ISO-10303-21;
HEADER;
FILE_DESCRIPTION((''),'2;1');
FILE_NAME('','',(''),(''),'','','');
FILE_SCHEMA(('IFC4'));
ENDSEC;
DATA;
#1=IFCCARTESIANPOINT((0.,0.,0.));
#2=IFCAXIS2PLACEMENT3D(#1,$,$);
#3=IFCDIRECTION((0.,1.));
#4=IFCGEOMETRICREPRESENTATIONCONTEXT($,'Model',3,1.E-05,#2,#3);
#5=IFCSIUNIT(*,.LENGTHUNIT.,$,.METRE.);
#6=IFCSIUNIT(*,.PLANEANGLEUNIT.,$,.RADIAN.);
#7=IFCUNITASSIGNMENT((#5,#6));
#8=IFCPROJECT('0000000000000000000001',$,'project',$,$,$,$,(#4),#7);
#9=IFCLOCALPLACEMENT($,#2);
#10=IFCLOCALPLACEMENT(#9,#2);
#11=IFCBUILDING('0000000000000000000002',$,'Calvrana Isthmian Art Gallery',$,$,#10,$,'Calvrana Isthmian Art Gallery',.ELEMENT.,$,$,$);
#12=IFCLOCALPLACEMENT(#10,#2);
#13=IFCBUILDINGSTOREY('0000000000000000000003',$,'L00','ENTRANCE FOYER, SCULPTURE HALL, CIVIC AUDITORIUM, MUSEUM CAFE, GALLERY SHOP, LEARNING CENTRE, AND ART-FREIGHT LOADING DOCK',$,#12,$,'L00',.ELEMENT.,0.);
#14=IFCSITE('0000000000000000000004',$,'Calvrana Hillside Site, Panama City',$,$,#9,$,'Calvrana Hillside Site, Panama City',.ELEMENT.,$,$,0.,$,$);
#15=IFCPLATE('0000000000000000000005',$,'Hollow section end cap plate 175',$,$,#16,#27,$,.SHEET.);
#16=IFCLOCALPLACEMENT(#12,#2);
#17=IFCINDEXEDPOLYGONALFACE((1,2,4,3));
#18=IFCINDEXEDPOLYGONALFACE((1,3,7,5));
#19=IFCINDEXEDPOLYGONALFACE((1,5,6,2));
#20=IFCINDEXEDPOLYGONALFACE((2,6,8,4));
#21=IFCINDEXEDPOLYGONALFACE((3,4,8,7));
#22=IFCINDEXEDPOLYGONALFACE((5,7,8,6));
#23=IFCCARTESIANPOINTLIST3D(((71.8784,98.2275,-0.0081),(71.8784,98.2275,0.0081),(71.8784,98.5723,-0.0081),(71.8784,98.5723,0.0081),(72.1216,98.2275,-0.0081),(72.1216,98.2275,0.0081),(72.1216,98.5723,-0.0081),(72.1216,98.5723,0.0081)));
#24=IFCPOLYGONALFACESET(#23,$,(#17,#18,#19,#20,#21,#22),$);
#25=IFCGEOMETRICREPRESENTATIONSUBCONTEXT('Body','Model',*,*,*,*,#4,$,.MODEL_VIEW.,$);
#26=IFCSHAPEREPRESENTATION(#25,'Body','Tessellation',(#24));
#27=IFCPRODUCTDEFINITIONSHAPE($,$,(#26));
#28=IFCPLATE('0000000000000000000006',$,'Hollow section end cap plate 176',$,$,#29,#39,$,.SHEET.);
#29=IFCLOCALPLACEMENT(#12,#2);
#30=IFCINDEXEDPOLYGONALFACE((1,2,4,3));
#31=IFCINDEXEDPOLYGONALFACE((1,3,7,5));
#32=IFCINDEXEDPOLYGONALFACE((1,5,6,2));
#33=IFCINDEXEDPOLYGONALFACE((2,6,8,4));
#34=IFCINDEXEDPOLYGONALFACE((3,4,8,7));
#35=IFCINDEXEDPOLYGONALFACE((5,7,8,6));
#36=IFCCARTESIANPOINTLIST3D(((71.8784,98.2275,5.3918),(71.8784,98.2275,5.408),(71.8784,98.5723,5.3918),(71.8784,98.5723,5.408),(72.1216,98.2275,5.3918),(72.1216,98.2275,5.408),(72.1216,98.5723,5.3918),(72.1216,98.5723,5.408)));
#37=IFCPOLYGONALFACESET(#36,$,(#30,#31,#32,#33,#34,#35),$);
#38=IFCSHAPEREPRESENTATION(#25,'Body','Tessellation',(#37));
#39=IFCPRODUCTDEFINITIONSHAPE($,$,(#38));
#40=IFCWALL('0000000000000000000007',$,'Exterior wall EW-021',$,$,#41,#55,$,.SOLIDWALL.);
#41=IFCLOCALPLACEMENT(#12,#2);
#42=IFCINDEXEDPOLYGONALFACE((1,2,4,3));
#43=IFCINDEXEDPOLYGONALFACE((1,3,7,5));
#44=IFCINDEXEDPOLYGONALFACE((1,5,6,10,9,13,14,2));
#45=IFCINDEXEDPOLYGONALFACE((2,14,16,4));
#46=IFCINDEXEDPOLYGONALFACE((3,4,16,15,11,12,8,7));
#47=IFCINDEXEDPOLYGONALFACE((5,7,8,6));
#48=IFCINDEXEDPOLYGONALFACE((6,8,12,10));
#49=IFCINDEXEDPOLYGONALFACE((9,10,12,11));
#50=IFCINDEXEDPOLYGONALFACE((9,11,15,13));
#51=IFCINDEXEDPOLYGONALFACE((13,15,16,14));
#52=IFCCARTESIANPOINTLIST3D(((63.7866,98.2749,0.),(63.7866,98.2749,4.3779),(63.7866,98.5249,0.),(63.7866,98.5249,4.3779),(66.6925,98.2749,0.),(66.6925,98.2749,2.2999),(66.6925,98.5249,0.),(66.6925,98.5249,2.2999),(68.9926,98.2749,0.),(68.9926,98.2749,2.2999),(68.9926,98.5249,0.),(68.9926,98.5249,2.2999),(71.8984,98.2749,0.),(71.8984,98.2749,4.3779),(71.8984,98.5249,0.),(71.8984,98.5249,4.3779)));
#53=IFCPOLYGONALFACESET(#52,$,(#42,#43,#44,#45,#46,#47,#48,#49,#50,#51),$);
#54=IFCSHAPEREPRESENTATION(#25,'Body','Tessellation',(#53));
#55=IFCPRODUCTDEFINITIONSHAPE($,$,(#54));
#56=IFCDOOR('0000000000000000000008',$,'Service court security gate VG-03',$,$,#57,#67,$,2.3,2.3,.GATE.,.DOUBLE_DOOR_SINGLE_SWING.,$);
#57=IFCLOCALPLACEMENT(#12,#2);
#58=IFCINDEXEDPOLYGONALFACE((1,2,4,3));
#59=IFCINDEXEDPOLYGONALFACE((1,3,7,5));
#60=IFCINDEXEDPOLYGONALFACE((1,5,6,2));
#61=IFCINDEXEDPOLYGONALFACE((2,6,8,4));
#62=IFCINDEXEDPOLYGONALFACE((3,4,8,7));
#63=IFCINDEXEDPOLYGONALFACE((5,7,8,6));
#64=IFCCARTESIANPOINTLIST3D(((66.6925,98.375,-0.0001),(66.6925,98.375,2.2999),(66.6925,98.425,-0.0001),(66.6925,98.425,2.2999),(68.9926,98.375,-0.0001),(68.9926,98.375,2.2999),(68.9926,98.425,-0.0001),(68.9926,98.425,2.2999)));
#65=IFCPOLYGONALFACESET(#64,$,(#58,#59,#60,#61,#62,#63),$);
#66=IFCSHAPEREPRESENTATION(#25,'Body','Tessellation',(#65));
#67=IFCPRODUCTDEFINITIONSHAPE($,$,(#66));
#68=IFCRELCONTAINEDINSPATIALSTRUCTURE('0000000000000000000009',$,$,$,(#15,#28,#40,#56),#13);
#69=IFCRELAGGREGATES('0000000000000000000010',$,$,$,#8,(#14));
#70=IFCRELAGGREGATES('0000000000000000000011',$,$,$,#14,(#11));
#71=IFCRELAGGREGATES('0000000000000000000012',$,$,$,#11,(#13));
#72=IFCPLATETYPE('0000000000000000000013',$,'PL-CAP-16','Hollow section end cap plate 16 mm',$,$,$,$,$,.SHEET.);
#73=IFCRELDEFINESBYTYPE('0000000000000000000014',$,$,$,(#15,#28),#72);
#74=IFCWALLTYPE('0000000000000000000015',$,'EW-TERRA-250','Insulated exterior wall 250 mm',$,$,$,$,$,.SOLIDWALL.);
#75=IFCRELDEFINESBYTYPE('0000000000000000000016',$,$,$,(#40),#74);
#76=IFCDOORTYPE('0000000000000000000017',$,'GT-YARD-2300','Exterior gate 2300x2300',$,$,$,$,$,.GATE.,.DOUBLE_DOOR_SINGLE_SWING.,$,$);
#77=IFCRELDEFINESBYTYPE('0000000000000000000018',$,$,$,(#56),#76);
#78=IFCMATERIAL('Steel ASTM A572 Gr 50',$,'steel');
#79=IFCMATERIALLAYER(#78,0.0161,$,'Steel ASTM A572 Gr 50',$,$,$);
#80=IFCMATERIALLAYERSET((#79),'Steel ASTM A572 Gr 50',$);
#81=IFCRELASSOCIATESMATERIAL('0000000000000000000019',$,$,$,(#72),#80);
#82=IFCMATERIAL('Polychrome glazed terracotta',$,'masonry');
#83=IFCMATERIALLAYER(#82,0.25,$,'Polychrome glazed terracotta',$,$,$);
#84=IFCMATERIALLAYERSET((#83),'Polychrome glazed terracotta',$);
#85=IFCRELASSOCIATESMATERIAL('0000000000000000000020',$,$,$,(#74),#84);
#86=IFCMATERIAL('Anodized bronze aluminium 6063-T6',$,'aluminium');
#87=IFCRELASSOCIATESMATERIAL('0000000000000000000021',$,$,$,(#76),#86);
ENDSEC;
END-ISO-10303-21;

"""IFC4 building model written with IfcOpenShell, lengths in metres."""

from ifc_helpers import new_model, si_unit, direction, frame, frame_2d, origin, origin_2d, place, context, subcontext, project, spatial, rectangle, extrude, material, layer, layer_set, type_object, element, fill, save


model = new_model("IFC4")

# Units and contexts
model_context = context("Model", 3, precision=1e-05, world=origin(), true_north=direction((0.0, 1.0)))
body_context = subcontext(model_context, "Body", "Model", "MODEL_VIEW")
ifc_project = project(units=[si_unit("LENGTHUNIT", "METRE"), si_unit("PLANEANGLEUNIT", "RADIAN")], contexts=[model_context])

# Site, building, storey
site_placement = place(None, origin())
site = spatial("IfcSite", under=ifc_project, at=site_placement, Name="Calvrana Hillside Site, Panama City", LongName="Calvrana Hillside Site, Panama City", CompositionType="ELEMENT", RefElevation=0.0)
building_placement = place(site_placement, origin())
building = spatial("IfcBuilding", under=site, at=building_placement, Name="Calvrana Isthmian Art Gallery", LongName="Calvrana Isthmian Art Gallery", CompositionType="ELEMENT")
storey_placement = place(building_placement, origin())
storey = spatial("IfcBuildingStorey", under=building, at=storey_placement, Name="L00", Description="ENTRANCE FOYER, SCULPTURE HALL, CIVIC AUDITORIUM, MUSEUM CAFE, GALLERY SHOP, LEARNING CENTRE, AND ART-FREIGHT LOADING DOCK", LongName="L00", CompositionType="ELEMENT", Elevation=0.0)

# Shared definitions
ifc_material_1 = material(Name="Anodized bronze aluminium 6063-T6", Category="aluminium")

# Plates
ifc_material_2 = material(Name="Steel ASTM A572 Gr 50", Category="steel")
ifc_layer_1 = layer(ifc_material_2, 0.0161, Name="Steel ASTM A572 Gr 50")
ifc_layer_set_1 = layer_set([ifc_layer_1], Name="Steel ASTM A572 Gr 50")
plate_type_1 = type_object("IfcPlateType", Name="PL-CAP-16", Description="Hollow section end cap plate 16 mm", PredefinedType="SHEET", material=ifc_layer_set_1)
for number, where, z_axis, x_axis, name in (
    (1, (72.0, 98.3999, -0.0081), (0.0, 0.0, 1.0), (1.0, 0.0, 0.0), "Hollow section end cap plate 175"),
    (2, (72.0, 98.3999, 5.3918), (0.0, 0.0, 1.0), (1.0, 0.0, 0.0), "Hollow section end cap plate 176"),
):
    element("IfcPlate", number, at=place(storey_placement, frame(where, z_axis=z_axis, x_axis=x_axis)), inside=storey, type_object=plate_type_1, Name=name, PredefinedType="SHEET", context=body_context, shape_type="SweptSolid", body=[
        extrude(rectangle(XDim=0.2432, YDim=0.3447, at=origin_2d()), origin(), (0.0, 0.0, 1.0), 0.0161),
    ])

# Wall, opening, door
ifc_material_3 = material(Name="Polychrome glazed terracotta", Category="masonry")
ifc_layer_2 = layer(ifc_material_3, 0.25, Name="Polychrome glazed terracotta")
ifc_layer_set_2 = layer_set([ifc_layer_2], Name="Polychrome glazed terracotta")
wall_type = type_object("IfcWallType", Name="EW-TERRA-250", Description="Insulated exterior wall 250 mm", PredefinedType="SOLIDWALL", material=ifc_layer_set_2)
wall_placement = place(storey_placement, frame((71.8984, 98.3999, 0.0), z_axis=(0.0, 0.0, 1.0), x_axis=(-1.0, 0.0, 0.0)))
wall = element("IfcWall", 3, at=wall_placement, inside=storey, type_object=wall_type, Name="Exterior wall EW-021", PredefinedType="SOLIDWALL", context=body_context, shape_type="SweptSolid", body=[
    extrude(rectangle(XDim=8.1118, YDim=0.25, at=frame_2d((4.0559, 0.0))), origin(), (0.0, 0.0, 1.0), 4.3779),
])
opening_placement = place(wall_placement, frame((2.906, 0.0, 0.0)))
opening = element("IfcOpeningElement", 4, at=opening_placement, cuts=wall, PredefinedType="OPENING", context=body_context, shape_type="SweptSolid", body=[
    extrude(rectangle(XDim=2.3, YDim=2.3, at=frame_2d((1.1499, 1.1499))), frame((0.0, 0.1353, 0.0), z_axis=(0.0, -1.0, 0.0), x_axis=(1.0, 0.0, 0.0)), (0.0, 0.0, 1.0), 0.2705),
])
door_type = type_object("IfcDoorType", Name="GT-YARD-2300", Description="Exterior gate 2300x2300", OperationType="DOUBLE_DOOR_SINGLE_SWING", PredefinedType="GATE", material=ifc_material_1)
door_placement = place(opening_placement, origin())
door = element("IfcDoor", 5, at=door_placement, inside=storey, type_object=door_type, Name="Service court security gate VG-03", OperationType="DOUBLE_DOOR_SINGLE_SWING", OverallHeight=2.3, OverallWidth=2.3, PredefinedType="GATE", context=body_context, shape_type="SweptSolid", body=[
    extrude(rectangle(XDim=2.3, YDim=2.3, at=frame_2d((1.1499, 1.1499))), frame((0.0, 0.0249, 0.0), z_axis=(0.0, -1.0, 0.0), x_axis=(1.0, 0.0, 0.0)), (0.0, 0.0, 1.0), 0.05),
])
fill(opening, door)

save(model, "model.ifc")
